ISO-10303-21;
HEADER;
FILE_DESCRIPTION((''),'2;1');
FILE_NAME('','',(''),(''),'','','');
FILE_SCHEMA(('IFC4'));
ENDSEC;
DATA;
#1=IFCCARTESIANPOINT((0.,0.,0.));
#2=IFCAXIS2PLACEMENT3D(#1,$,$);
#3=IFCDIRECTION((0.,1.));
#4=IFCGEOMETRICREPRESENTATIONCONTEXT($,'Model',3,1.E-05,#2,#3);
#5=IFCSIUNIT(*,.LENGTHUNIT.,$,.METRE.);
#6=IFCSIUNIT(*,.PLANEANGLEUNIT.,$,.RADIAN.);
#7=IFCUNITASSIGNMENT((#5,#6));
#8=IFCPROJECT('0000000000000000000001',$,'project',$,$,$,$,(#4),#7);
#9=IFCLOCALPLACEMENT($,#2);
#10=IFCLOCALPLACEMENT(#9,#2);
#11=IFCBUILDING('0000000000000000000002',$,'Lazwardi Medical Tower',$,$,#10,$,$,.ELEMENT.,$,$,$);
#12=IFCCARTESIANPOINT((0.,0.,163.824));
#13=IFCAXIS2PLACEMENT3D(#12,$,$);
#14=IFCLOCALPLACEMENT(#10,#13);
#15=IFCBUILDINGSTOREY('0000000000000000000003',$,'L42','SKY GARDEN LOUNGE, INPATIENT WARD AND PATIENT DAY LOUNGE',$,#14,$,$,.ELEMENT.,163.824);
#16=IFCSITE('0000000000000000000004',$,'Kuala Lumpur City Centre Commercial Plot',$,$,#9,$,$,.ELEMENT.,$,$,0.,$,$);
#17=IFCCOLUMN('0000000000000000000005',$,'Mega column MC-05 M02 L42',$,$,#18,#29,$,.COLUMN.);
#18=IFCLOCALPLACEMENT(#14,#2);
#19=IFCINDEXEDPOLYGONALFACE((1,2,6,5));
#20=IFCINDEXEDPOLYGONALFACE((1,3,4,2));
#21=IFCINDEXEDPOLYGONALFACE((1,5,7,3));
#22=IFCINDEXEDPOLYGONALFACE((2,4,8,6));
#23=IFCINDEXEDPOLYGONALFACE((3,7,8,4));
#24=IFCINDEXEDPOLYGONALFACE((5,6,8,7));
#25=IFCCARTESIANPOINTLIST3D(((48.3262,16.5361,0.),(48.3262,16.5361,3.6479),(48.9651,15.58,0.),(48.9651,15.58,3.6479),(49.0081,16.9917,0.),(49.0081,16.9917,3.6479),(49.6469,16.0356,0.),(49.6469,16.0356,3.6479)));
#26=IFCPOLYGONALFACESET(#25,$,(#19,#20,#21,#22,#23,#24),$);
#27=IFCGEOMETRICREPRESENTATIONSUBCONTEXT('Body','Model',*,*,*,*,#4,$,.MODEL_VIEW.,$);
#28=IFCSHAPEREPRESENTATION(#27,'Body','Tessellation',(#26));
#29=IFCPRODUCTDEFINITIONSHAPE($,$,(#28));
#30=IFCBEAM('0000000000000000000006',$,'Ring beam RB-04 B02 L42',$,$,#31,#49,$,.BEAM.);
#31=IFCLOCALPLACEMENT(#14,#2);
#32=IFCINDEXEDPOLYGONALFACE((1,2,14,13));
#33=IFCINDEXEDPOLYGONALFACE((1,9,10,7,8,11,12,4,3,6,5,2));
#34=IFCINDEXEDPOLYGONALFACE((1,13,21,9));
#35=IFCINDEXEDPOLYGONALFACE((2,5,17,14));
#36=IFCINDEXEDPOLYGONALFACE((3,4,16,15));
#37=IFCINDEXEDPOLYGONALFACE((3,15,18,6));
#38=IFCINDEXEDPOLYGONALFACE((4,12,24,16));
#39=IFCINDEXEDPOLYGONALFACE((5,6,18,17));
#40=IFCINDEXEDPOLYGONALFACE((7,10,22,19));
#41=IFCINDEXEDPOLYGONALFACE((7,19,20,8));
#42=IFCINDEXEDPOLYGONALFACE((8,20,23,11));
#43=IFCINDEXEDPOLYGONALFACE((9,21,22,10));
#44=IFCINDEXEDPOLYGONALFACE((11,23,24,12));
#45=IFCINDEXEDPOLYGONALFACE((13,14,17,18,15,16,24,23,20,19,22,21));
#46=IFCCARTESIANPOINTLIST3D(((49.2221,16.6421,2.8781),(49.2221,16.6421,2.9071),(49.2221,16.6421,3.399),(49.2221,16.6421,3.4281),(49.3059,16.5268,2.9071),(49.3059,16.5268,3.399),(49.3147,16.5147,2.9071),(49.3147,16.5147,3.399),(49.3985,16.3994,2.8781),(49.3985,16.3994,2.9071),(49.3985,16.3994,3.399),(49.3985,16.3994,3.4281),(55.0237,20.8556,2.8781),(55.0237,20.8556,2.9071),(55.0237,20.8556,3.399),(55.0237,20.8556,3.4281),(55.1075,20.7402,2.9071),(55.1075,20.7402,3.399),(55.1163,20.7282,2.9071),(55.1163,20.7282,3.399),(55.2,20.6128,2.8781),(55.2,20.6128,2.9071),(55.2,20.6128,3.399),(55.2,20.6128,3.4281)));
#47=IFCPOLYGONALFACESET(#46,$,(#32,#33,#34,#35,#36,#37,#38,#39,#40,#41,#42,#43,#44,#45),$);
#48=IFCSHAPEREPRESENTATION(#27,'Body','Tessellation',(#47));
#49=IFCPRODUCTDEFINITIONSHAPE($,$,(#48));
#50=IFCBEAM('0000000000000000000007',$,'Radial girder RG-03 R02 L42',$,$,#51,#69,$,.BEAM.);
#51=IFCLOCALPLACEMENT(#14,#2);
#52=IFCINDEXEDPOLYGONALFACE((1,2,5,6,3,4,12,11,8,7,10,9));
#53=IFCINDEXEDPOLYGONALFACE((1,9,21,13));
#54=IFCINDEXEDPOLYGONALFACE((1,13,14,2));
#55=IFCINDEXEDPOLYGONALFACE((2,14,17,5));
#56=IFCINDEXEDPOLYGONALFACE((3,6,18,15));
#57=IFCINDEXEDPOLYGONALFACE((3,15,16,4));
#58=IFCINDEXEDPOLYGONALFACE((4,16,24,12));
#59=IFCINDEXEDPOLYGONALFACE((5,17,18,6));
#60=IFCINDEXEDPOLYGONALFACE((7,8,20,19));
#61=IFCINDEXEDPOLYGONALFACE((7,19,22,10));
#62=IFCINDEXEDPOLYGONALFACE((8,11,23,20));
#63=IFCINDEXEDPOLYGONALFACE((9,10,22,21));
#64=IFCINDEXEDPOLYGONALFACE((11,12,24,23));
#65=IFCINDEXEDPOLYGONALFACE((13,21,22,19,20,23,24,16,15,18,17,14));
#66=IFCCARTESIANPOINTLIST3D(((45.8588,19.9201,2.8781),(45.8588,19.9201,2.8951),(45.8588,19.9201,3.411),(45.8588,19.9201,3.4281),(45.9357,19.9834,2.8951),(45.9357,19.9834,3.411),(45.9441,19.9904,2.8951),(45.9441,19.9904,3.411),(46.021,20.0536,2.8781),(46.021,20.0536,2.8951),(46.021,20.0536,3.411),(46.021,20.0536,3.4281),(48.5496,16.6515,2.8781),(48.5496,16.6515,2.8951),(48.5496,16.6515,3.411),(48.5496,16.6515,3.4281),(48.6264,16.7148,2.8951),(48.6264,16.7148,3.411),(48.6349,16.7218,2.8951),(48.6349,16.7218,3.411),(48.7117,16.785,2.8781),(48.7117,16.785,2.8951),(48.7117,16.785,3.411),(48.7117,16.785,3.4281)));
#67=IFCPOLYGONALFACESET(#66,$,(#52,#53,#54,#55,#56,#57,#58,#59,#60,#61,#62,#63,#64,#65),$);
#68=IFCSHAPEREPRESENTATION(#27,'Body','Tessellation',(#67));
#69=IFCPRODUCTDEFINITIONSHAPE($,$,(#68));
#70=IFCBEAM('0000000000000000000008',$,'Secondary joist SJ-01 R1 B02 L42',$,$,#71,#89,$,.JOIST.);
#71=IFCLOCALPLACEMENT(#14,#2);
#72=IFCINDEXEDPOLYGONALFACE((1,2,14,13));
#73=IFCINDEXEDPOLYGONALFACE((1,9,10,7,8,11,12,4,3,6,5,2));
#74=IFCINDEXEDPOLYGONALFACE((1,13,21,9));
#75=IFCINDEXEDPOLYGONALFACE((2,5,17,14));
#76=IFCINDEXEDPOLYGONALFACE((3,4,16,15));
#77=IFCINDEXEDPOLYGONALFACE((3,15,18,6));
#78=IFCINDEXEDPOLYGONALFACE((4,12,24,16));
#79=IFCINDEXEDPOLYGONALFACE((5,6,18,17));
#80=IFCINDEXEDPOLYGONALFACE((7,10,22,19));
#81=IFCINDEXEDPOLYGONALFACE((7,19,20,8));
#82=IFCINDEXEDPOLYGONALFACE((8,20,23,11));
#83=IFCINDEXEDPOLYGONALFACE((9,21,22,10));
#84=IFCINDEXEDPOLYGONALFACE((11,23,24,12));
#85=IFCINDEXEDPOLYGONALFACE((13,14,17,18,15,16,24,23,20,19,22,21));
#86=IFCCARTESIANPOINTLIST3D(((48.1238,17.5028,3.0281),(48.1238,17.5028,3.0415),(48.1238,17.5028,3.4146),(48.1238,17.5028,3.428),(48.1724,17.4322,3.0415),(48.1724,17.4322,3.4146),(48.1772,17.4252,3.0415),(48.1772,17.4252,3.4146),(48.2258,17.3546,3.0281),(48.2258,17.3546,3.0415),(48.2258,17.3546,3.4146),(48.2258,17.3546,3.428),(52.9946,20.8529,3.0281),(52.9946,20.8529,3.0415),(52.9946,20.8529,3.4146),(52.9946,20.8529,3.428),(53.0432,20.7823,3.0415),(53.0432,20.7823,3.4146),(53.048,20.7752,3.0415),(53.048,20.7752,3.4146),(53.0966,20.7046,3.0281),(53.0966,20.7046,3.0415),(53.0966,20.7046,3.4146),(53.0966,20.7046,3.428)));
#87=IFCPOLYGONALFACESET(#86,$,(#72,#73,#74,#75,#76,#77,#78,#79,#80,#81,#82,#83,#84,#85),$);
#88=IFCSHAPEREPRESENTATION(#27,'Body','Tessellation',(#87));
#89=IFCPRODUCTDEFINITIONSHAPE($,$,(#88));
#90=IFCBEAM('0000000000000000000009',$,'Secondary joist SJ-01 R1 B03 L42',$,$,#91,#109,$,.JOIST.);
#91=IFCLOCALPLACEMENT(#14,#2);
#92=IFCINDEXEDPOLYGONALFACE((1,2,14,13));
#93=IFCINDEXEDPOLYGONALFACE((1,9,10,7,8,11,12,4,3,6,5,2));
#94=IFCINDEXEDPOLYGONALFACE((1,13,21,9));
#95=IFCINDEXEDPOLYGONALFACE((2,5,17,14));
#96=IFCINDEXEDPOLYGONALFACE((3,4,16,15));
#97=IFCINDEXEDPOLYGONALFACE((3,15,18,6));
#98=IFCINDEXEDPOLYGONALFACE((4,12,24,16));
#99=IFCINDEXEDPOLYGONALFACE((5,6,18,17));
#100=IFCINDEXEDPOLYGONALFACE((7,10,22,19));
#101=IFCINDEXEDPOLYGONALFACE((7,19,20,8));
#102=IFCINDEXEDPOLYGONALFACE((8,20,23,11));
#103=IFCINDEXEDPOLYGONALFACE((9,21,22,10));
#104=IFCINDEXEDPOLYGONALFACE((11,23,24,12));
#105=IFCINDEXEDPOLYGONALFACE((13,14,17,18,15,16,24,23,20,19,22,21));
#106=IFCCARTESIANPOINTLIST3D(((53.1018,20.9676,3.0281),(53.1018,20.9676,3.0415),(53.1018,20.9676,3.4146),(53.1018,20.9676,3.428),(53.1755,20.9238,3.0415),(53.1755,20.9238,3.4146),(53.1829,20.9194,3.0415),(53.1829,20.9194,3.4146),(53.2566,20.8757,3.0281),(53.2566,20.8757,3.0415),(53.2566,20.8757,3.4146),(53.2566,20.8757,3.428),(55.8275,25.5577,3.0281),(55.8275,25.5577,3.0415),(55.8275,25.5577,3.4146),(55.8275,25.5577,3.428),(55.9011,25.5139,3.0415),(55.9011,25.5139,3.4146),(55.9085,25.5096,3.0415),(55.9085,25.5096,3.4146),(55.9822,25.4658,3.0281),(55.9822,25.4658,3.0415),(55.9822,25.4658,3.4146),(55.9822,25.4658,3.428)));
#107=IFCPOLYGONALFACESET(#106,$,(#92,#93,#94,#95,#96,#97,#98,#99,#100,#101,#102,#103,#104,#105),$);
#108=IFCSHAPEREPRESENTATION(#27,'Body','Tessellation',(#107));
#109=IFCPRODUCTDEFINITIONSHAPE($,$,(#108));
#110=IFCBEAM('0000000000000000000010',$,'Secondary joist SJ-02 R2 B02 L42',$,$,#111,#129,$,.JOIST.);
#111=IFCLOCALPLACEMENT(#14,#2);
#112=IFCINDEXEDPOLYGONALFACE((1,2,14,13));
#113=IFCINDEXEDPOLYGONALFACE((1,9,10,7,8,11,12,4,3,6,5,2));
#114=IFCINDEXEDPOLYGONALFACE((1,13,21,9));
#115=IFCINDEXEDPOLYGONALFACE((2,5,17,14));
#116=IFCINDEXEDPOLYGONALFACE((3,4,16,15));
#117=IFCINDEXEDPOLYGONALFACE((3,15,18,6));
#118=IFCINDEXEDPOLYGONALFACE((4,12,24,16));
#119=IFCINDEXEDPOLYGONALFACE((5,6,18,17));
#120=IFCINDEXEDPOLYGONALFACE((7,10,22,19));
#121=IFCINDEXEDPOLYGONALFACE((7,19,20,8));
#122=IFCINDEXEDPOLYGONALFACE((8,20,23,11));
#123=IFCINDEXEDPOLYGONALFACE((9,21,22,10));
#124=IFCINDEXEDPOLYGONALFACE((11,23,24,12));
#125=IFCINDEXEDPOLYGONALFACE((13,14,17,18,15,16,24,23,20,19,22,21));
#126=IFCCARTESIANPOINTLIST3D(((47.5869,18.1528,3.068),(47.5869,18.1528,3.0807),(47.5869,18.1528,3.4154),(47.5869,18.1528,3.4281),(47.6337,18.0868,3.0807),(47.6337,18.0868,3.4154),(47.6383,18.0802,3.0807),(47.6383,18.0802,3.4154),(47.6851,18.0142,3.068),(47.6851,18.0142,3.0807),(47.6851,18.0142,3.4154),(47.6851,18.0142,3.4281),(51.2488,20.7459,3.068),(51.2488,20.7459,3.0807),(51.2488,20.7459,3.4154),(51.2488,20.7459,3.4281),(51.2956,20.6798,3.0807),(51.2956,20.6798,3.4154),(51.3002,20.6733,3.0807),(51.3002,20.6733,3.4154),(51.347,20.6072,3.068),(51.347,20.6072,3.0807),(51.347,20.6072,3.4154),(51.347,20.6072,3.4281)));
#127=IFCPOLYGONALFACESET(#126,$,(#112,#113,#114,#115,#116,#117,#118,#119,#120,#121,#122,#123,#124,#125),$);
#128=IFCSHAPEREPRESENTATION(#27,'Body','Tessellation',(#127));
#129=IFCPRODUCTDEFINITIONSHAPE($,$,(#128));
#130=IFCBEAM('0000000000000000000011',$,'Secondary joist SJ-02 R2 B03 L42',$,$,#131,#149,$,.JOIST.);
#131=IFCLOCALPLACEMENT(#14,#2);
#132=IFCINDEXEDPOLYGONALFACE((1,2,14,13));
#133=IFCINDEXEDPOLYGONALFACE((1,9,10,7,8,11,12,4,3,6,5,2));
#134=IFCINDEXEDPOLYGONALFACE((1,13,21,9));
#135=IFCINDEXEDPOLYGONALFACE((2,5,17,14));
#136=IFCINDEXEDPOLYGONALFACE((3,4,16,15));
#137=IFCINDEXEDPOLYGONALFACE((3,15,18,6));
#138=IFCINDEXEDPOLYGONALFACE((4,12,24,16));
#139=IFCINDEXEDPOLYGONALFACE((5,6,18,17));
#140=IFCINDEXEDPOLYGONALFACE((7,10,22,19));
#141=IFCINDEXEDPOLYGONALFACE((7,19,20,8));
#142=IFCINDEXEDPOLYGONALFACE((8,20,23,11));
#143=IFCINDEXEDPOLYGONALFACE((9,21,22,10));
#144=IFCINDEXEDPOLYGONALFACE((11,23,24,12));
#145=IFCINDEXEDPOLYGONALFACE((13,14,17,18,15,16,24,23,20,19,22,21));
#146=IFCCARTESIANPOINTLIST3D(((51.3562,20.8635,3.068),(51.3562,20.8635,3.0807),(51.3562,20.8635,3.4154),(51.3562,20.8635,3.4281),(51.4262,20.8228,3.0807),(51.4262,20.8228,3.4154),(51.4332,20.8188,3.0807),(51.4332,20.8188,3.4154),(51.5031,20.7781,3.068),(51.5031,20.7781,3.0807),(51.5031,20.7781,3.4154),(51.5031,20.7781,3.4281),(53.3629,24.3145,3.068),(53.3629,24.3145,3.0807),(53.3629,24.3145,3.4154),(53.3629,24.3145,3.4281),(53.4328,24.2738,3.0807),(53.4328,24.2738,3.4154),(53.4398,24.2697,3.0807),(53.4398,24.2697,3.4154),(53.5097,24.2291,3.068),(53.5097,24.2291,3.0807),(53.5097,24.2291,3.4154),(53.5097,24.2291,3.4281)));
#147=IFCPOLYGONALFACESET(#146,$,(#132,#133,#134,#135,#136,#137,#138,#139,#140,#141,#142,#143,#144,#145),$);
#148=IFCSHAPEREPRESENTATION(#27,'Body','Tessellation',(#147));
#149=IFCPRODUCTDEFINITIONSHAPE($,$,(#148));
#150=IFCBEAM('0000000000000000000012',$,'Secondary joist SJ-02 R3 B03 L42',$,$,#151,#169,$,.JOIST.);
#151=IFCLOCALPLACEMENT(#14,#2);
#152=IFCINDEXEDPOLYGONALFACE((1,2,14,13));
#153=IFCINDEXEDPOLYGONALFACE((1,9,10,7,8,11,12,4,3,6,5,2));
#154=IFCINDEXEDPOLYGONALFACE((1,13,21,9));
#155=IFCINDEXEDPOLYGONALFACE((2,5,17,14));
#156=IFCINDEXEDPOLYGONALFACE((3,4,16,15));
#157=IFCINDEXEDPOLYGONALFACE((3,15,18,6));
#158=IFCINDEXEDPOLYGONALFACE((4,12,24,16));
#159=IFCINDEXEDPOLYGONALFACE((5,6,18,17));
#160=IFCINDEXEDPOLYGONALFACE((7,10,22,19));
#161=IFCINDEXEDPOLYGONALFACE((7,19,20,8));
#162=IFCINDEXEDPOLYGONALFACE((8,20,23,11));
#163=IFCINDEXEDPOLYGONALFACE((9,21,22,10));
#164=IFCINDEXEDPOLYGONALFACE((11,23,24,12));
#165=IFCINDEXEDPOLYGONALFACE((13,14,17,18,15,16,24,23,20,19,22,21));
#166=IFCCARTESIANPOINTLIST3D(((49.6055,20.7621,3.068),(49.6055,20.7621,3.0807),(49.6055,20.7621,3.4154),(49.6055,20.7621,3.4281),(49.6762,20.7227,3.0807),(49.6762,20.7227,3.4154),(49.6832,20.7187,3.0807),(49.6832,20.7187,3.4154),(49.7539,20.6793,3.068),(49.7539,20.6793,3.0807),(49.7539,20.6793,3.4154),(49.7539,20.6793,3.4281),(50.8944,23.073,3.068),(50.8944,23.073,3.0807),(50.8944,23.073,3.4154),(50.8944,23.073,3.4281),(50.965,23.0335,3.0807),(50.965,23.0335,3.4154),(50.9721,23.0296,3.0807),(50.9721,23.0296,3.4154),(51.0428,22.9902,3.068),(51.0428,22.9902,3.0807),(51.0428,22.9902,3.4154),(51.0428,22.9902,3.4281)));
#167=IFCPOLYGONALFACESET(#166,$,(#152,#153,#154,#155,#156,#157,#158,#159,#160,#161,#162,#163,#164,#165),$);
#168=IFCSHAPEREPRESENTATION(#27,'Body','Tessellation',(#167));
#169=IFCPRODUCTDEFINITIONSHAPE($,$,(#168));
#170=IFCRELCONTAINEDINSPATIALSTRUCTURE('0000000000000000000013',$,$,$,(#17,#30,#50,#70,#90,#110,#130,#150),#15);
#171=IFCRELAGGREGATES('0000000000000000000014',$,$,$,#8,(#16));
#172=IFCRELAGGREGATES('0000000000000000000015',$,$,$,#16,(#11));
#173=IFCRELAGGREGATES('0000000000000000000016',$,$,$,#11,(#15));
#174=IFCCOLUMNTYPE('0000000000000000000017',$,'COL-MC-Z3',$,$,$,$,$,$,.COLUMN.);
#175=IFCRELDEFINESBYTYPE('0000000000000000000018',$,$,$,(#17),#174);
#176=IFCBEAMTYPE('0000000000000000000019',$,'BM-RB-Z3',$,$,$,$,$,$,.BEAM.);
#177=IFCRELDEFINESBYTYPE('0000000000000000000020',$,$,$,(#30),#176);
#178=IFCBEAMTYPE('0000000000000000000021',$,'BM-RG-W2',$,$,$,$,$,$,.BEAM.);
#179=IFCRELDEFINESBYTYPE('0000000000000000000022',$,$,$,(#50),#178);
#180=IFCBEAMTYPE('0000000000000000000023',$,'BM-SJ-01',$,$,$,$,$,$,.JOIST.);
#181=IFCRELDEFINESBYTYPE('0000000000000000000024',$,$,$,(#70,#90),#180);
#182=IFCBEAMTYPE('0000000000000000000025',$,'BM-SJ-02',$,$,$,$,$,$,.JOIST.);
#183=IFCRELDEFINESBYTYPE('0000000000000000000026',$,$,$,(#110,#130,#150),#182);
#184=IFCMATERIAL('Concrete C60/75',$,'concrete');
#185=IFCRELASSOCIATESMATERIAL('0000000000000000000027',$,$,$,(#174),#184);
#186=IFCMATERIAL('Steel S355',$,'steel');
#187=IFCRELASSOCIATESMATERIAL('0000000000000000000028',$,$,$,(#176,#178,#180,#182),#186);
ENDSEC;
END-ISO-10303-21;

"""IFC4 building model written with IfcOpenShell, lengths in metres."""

from ifc_helpers import new_model, si_unit, direction, frame, origin, origin_2d, place, context, subcontext, project, spatial, rectangle, i_section, extrude, material, material_profile, profile_set, type_object, element, save


model = new_model("IFC4")

# Units and contexts
model_context = context("Model", 3, precision=1e-05, world=origin(), true_north=direction((0.0, 1.0)))
body_context = subcontext(model_context, "Body", "Model", "MODEL_VIEW")
ifc_project = project(units=[si_unit("LENGTHUNIT", "METRE"), si_unit("PLANEANGLEUNIT", "RADIAN")], contexts=[model_context])

# Site, building, storey
site_placement = place(None, origin())
site = spatial("IfcSite", under=ifc_project, at=site_placement, Name="Kuala Lumpur City Centre Commercial Plot", CompositionType="ELEMENT", RefElevation=0.0)
building_placement = place(site_placement, origin())
building = spatial("IfcBuilding", under=site, at=building_placement, Name="Lazwardi Medical Tower", CompositionType="ELEMENT")
storey_placement = place(building_placement, frame((0.0, 0.0, 163.824)))
storey = spatial("IfcBuildingStorey", under=building, at=storey_placement, Name="L42", Description="SKY GARDEN LOUNGE, INPATIENT WARD AND PATIENT DAY LOUNGE", CompositionType="ELEMENT", Elevation=163.824)

# Column
ifc_material_1 = material(Name="Concrete C60/75", Category="concrete")
ifc_material_profile_1 = material_profile(ifc_material_1, rectangle(XDim=1.1499, YDim=0.8201, at=origin_2d()), Name="CFT-RECT 1150x820")
ifc_profile_set_1 = profile_set([ifc_material_profile_1], Name="Concrete C60/75")
column_type = type_object("IfcColumnType", Name="COL-MC-Z3", PredefinedType="COLUMN", material=ifc_profile_set_1)
column_placement = place(storey_placement, frame((48.9866, 16.2859, 0.0), z_axis=(0.0, 0.0, 1.0), x_axis=(0.55557, -0.83147, 0.0)))
element("IfcColumn", 1, at=column_placement, inside=storey, type_object=column_type, Name="Mega column MC-05 M02 L42", PredefinedType="COLUMN", context=body_context, shape_type="SweptSolid", body=[
    extrude(rectangle(XDim=1.1499, YDim=0.8201, at=origin_2d()), origin(), (0.0, 0.0, 1.0), 3.6479),
])

# Beams
ifc_material_2 = material(Name="Steel S355", Category="steel")
ifc_material_profile_2 = material_profile(ifc_material_2, i_section(OverallWidth=0.3, OverallDepth=0.55, WebThickness=0.0149, FlangeThickness=0.0291, at=origin_2d()), Name="HEB 550")
ifc_profile_set_2 = profile_set([ifc_material_profile_2], Name="Steel S355")
beam_type_1 = type_object("IfcBeamType", Name="BM-RB-Z3", PredefinedType="BEAM", material=ifc_profile_set_2)
beam_1_placement = place(storey_placement, frame((49.3103, 16.5208, 3.1531), z_axis=(0.809128, 0.587633, 0.0), x_axis=(-0.587633, 0.809128, 0.0)))
element("IfcBeam", 2, at=beam_1_placement, inside=storey, type_object=beam_type_1, Name="Ring beam RB-04 B02 L42", PredefinedType="BEAM", context=body_context, shape_type="SweptSolid", body=[
    extrude(i_section(OverallWidth=0.3, OverallDepth=0.55, WebThickness=0.0149, FlangeThickness=0.0291, at=origin_2d()), origin(), (0.0, 0.0, 1.0), 7.1702),
])
ifc_material_profile_3 = material_profile(ifc_material_2, i_section(OverallWidth=0.21, OverallDepth=0.55, WebThickness=0.011, FlangeThickness=0.0171, at=origin_2d()), Name="IPE 550")
ifc_profile_set_3 = profile_set([ifc_material_profile_3], Name="Steel S355")
beam_type_2 = type_object("IfcBeamType", Name="BM-RG-W2", PredefinedType="BEAM", material=ifc_profile_set_3)
beam_2_placement = place(storey_placement, frame((48.6306, 16.7183, 3.1531), z_axis=(-0.635556, 0.772055, 0.0), x_axis=(-0.772055, -0.635556, 0.0)))
element("IfcBeam", 3, at=beam_2_placement, inside=storey, type_object=beam_type_2, Name="Radial girder RG-03 R02 L42", PredefinedType="BEAM", context=body_context, shape_type="SweptSolid", body=[
    extrude(i_section(OverallWidth=0.21, OverallDepth=0.55, WebThickness=0.011, FlangeThickness=0.0171, at=origin_2d()), origin(), (0.0, 0.0, 1.0), 4.2336),
])
ifc_material_profile_4 = material_profile(ifc_material_2, i_section(OverallWidth=0.1799, OverallDepth=0.3999, WebThickness=0.0085, FlangeThickness=0.0134, at=origin_2d()), Name="IPE 400")
ifc_profile_set_4 = profile_set([ifc_material_profile_4], Name="Steel S355")
beam_type_3 = type_object("IfcBeamType", Name="BM-SJ-01", PredefinedType="JOIST", material=ifc_profile_set_4)
beam_3_placement = place(storey_placement, frame((48.1748, 17.4287, 3.228), z_axis=(0.823932, 0.566688, 0.0), x_axis=(-0.566688, 0.823932, 0.0)))
element("IfcBeam", 4, at=beam_3_placement, inside=storey, type_object=beam_type_3, Name="Secondary joist SJ-01 R1 B02 L42", PredefinedType="JOIST", context=body_context, shape_type="SweptSolid", body=[
    extrude(i_section(OverallWidth=0.1799, OverallDepth=0.3999, WebThickness=0.0085, FlangeThickness=0.0134, at=origin_2d()), origin(), (0.0, 0.0, 1.0), 5.9116),
])
beam_4_placement = place(storey_placement, frame((53.1792, 20.9216, 3.228), z_axis=(0.510569, 0.859837, 0.0), x_axis=(-0.859837, 0.510569, 0.0)))
element("IfcBeam", 5, at=beam_4_placement, inside=storey, type_object=beam_type_3, Name="Secondary joist SJ-01 R1 B03 L42", PredefinedType="JOIST", context=body_context, shape_type="SweptSolid", body=[
    extrude(i_section(OverallWidth=0.1799, OverallDepth=0.3999, WebThickness=0.0085, FlangeThickness=0.0134, at=origin_2d()), origin(), (0.0, 0.0, 1.0), 5.3384),
])
ifc_material_profile_5 = material_profile(ifc_material_2, i_section(OverallWidth=0.1699, OverallDepth=0.3601, WebThickness=0.0081, FlangeThickness=0.0127, at=origin_2d()), Name="IPE 360")
ifc_profile_set_5 = profile_set([ifc_material_profile_5], Name="Steel S355")
beam_type_4 = type_object("IfcBeamType", Name="BM-SJ-02", PredefinedType="JOIST", material=ifc_profile_set_5)
beam_5_placement = place(storey_placement, frame((47.636, 18.0835, 3.248), z_axis=(0.816109, 0.577898, 0.0), x_axis=(-0.577898, 0.816109, 0.0)))
element("IfcBeam", 6, at=beam_5_placement, inside=storey, type_object=beam_type_4, Name="Secondary joist SJ-02 R2 B02 L42", PredefinedType="JOIST", context=body_context, shape_type="SweptSolid", body=[
    extrude(i_section(OverallWidth=0.1699, OverallDepth=0.3601, WebThickness=0.0081, FlangeThickness=0.0127, at=origin_2d()), origin(), (0.0, 0.0, 1.0), 4.4871),
])
beam_6_placement = place(storey_placement, frame((51.4297, 20.8208, 3.248), z_axis=(0.502665, 0.864481, 0.0), x_axis=(-0.864481, 0.502665, 0.0)))
element("IfcBeam", 7, at=beam_6_placement, inside=storey, type_object=beam_type_4, Name="Secondary joist SJ-02 R2 B03 L42", PredefinedType="JOIST", context=body_context, shape_type="SweptSolid", body=[
    extrude(i_section(OverallWidth=0.1699, OverallDepth=0.3601, WebThickness=0.0081, FlangeThickness=0.0127, at=origin_2d()), origin(), (0.0, 0.0, 1.0), 3.9919),
])
beam_7_placement = place(storey_placement, frame((49.6797, 20.7207, 3.248), z_axis=(0.487099, 0.873347, 0.0), x_axis=(-0.873347, 0.487099, 0.0)))
element("IfcBeam", 8, at=beam_7_placement, inside=storey, type_object=beam_type_4, Name="Secondary joist SJ-02 R3 B03 L42", PredefinedType="JOIST", context=body_context, shape_type="SweptSolid", body=[
    extrude(i_section(OverallWidth=0.1699, OverallDepth=0.3601, WebThickness=0.0081, FlangeThickness=0.0127, at=origin_2d()), origin(), (0.0, 0.0, 1.0), 2.646),
])

save(model, "model.ifc")
